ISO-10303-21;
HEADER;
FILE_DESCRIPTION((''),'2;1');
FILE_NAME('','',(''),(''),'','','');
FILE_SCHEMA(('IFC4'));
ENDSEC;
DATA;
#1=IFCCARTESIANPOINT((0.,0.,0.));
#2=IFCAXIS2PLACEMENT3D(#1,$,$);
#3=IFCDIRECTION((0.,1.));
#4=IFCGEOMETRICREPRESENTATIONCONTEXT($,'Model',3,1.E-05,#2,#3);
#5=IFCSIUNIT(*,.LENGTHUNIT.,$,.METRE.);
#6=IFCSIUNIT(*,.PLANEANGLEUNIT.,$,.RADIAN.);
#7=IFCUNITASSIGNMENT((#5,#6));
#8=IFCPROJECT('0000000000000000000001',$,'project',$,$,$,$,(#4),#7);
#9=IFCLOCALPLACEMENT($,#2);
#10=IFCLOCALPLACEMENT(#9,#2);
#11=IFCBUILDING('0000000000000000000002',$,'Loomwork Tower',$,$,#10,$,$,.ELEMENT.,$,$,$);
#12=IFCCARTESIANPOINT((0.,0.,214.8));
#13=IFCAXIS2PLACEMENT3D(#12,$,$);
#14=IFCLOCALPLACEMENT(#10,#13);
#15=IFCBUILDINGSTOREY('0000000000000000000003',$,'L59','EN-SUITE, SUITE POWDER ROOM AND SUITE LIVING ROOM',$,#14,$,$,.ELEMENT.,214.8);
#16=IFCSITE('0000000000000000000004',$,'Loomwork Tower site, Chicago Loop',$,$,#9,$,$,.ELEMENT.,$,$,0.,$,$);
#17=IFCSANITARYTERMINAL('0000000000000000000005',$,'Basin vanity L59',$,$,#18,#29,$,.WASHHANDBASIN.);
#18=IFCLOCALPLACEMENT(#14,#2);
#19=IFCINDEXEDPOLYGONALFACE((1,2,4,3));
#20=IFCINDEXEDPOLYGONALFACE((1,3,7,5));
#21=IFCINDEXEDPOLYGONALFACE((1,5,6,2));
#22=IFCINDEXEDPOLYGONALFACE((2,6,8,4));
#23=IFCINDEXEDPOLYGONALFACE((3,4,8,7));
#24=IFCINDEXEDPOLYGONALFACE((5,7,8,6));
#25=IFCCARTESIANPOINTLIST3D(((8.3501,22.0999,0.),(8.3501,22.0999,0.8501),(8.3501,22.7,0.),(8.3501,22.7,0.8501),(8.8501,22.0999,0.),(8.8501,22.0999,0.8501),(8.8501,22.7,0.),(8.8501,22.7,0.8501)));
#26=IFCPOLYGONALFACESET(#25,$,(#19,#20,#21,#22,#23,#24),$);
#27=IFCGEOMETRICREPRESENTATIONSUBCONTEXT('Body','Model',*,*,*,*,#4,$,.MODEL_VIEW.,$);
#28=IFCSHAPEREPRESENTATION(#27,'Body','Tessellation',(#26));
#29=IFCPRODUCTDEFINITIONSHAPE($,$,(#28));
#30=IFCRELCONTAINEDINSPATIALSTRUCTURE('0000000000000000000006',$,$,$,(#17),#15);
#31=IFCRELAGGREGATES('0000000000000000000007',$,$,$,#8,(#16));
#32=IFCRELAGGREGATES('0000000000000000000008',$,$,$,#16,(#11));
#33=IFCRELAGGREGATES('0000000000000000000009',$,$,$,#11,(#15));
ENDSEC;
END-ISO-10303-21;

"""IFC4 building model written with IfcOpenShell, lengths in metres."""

from ifc_helpers import new_model, si_unit, direction, frame, origin, origin_2d, place, context, subcontext, project, spatial, rectangle, extrude, element, save


model = new_model("IFC4")

# Units and contexts
model_context = context("Model", 3, precision=1e-05, world=origin(), true_north=direction((0.0, 1.0)))
body_context = subcontext(model_context, "Body", "Model", "MODEL_VIEW")
ifc_project = project(units=[si_unit("LENGTHUNIT", "METRE"), si_unit("PLANEANGLEUNIT", "RADIAN")], contexts=[model_context])

# Site, building, storey
site_placement = place(None, origin())
site = spatial("IfcSite", under=ifc_project, at=site_placement, Name="Loomwork Tower site, Chicago Loop", CompositionType="ELEMENT", RefElevation=0.0)
building_placement = place(site_placement, origin())
building = spatial("IfcBuilding", under=site, at=building_placement, Name="Loomwork Tower", CompositionType="ELEMENT")
storey_placement = place(building_placement, frame((0.0, 0.0, 214.8)))
storey = spatial("IfcBuildingStorey", under=building, at=storey_placement, Name="L59", Description="EN-SUITE, SUITE POWDER ROOM AND SUITE LIVING ROOM", CompositionType="ELEMENT", Elevation=214.8)

# Sanitary terminal
sanitary_terminal_1_placement = place(storey_placement, frame((8.6001, 22.3999, 0.0), z_axis=(0.0, 0.0, 1.0), x_axis=(1.0, 0.0, 0.0)))
element("IfcSanitaryTerminal", 1, at=sanitary_terminal_1_placement, inside=storey, Name="Basin vanity L59", PredefinedType="WASHHANDBASIN", context=body_context, shape_type="SweptSolid", body=[
    extrude(rectangle(XDim=0.5, YDim=0.6001, at=origin_2d()), origin(), (0.0, 0.0, 1.0), 0.8501),
])

save(model, "model.ifc")
